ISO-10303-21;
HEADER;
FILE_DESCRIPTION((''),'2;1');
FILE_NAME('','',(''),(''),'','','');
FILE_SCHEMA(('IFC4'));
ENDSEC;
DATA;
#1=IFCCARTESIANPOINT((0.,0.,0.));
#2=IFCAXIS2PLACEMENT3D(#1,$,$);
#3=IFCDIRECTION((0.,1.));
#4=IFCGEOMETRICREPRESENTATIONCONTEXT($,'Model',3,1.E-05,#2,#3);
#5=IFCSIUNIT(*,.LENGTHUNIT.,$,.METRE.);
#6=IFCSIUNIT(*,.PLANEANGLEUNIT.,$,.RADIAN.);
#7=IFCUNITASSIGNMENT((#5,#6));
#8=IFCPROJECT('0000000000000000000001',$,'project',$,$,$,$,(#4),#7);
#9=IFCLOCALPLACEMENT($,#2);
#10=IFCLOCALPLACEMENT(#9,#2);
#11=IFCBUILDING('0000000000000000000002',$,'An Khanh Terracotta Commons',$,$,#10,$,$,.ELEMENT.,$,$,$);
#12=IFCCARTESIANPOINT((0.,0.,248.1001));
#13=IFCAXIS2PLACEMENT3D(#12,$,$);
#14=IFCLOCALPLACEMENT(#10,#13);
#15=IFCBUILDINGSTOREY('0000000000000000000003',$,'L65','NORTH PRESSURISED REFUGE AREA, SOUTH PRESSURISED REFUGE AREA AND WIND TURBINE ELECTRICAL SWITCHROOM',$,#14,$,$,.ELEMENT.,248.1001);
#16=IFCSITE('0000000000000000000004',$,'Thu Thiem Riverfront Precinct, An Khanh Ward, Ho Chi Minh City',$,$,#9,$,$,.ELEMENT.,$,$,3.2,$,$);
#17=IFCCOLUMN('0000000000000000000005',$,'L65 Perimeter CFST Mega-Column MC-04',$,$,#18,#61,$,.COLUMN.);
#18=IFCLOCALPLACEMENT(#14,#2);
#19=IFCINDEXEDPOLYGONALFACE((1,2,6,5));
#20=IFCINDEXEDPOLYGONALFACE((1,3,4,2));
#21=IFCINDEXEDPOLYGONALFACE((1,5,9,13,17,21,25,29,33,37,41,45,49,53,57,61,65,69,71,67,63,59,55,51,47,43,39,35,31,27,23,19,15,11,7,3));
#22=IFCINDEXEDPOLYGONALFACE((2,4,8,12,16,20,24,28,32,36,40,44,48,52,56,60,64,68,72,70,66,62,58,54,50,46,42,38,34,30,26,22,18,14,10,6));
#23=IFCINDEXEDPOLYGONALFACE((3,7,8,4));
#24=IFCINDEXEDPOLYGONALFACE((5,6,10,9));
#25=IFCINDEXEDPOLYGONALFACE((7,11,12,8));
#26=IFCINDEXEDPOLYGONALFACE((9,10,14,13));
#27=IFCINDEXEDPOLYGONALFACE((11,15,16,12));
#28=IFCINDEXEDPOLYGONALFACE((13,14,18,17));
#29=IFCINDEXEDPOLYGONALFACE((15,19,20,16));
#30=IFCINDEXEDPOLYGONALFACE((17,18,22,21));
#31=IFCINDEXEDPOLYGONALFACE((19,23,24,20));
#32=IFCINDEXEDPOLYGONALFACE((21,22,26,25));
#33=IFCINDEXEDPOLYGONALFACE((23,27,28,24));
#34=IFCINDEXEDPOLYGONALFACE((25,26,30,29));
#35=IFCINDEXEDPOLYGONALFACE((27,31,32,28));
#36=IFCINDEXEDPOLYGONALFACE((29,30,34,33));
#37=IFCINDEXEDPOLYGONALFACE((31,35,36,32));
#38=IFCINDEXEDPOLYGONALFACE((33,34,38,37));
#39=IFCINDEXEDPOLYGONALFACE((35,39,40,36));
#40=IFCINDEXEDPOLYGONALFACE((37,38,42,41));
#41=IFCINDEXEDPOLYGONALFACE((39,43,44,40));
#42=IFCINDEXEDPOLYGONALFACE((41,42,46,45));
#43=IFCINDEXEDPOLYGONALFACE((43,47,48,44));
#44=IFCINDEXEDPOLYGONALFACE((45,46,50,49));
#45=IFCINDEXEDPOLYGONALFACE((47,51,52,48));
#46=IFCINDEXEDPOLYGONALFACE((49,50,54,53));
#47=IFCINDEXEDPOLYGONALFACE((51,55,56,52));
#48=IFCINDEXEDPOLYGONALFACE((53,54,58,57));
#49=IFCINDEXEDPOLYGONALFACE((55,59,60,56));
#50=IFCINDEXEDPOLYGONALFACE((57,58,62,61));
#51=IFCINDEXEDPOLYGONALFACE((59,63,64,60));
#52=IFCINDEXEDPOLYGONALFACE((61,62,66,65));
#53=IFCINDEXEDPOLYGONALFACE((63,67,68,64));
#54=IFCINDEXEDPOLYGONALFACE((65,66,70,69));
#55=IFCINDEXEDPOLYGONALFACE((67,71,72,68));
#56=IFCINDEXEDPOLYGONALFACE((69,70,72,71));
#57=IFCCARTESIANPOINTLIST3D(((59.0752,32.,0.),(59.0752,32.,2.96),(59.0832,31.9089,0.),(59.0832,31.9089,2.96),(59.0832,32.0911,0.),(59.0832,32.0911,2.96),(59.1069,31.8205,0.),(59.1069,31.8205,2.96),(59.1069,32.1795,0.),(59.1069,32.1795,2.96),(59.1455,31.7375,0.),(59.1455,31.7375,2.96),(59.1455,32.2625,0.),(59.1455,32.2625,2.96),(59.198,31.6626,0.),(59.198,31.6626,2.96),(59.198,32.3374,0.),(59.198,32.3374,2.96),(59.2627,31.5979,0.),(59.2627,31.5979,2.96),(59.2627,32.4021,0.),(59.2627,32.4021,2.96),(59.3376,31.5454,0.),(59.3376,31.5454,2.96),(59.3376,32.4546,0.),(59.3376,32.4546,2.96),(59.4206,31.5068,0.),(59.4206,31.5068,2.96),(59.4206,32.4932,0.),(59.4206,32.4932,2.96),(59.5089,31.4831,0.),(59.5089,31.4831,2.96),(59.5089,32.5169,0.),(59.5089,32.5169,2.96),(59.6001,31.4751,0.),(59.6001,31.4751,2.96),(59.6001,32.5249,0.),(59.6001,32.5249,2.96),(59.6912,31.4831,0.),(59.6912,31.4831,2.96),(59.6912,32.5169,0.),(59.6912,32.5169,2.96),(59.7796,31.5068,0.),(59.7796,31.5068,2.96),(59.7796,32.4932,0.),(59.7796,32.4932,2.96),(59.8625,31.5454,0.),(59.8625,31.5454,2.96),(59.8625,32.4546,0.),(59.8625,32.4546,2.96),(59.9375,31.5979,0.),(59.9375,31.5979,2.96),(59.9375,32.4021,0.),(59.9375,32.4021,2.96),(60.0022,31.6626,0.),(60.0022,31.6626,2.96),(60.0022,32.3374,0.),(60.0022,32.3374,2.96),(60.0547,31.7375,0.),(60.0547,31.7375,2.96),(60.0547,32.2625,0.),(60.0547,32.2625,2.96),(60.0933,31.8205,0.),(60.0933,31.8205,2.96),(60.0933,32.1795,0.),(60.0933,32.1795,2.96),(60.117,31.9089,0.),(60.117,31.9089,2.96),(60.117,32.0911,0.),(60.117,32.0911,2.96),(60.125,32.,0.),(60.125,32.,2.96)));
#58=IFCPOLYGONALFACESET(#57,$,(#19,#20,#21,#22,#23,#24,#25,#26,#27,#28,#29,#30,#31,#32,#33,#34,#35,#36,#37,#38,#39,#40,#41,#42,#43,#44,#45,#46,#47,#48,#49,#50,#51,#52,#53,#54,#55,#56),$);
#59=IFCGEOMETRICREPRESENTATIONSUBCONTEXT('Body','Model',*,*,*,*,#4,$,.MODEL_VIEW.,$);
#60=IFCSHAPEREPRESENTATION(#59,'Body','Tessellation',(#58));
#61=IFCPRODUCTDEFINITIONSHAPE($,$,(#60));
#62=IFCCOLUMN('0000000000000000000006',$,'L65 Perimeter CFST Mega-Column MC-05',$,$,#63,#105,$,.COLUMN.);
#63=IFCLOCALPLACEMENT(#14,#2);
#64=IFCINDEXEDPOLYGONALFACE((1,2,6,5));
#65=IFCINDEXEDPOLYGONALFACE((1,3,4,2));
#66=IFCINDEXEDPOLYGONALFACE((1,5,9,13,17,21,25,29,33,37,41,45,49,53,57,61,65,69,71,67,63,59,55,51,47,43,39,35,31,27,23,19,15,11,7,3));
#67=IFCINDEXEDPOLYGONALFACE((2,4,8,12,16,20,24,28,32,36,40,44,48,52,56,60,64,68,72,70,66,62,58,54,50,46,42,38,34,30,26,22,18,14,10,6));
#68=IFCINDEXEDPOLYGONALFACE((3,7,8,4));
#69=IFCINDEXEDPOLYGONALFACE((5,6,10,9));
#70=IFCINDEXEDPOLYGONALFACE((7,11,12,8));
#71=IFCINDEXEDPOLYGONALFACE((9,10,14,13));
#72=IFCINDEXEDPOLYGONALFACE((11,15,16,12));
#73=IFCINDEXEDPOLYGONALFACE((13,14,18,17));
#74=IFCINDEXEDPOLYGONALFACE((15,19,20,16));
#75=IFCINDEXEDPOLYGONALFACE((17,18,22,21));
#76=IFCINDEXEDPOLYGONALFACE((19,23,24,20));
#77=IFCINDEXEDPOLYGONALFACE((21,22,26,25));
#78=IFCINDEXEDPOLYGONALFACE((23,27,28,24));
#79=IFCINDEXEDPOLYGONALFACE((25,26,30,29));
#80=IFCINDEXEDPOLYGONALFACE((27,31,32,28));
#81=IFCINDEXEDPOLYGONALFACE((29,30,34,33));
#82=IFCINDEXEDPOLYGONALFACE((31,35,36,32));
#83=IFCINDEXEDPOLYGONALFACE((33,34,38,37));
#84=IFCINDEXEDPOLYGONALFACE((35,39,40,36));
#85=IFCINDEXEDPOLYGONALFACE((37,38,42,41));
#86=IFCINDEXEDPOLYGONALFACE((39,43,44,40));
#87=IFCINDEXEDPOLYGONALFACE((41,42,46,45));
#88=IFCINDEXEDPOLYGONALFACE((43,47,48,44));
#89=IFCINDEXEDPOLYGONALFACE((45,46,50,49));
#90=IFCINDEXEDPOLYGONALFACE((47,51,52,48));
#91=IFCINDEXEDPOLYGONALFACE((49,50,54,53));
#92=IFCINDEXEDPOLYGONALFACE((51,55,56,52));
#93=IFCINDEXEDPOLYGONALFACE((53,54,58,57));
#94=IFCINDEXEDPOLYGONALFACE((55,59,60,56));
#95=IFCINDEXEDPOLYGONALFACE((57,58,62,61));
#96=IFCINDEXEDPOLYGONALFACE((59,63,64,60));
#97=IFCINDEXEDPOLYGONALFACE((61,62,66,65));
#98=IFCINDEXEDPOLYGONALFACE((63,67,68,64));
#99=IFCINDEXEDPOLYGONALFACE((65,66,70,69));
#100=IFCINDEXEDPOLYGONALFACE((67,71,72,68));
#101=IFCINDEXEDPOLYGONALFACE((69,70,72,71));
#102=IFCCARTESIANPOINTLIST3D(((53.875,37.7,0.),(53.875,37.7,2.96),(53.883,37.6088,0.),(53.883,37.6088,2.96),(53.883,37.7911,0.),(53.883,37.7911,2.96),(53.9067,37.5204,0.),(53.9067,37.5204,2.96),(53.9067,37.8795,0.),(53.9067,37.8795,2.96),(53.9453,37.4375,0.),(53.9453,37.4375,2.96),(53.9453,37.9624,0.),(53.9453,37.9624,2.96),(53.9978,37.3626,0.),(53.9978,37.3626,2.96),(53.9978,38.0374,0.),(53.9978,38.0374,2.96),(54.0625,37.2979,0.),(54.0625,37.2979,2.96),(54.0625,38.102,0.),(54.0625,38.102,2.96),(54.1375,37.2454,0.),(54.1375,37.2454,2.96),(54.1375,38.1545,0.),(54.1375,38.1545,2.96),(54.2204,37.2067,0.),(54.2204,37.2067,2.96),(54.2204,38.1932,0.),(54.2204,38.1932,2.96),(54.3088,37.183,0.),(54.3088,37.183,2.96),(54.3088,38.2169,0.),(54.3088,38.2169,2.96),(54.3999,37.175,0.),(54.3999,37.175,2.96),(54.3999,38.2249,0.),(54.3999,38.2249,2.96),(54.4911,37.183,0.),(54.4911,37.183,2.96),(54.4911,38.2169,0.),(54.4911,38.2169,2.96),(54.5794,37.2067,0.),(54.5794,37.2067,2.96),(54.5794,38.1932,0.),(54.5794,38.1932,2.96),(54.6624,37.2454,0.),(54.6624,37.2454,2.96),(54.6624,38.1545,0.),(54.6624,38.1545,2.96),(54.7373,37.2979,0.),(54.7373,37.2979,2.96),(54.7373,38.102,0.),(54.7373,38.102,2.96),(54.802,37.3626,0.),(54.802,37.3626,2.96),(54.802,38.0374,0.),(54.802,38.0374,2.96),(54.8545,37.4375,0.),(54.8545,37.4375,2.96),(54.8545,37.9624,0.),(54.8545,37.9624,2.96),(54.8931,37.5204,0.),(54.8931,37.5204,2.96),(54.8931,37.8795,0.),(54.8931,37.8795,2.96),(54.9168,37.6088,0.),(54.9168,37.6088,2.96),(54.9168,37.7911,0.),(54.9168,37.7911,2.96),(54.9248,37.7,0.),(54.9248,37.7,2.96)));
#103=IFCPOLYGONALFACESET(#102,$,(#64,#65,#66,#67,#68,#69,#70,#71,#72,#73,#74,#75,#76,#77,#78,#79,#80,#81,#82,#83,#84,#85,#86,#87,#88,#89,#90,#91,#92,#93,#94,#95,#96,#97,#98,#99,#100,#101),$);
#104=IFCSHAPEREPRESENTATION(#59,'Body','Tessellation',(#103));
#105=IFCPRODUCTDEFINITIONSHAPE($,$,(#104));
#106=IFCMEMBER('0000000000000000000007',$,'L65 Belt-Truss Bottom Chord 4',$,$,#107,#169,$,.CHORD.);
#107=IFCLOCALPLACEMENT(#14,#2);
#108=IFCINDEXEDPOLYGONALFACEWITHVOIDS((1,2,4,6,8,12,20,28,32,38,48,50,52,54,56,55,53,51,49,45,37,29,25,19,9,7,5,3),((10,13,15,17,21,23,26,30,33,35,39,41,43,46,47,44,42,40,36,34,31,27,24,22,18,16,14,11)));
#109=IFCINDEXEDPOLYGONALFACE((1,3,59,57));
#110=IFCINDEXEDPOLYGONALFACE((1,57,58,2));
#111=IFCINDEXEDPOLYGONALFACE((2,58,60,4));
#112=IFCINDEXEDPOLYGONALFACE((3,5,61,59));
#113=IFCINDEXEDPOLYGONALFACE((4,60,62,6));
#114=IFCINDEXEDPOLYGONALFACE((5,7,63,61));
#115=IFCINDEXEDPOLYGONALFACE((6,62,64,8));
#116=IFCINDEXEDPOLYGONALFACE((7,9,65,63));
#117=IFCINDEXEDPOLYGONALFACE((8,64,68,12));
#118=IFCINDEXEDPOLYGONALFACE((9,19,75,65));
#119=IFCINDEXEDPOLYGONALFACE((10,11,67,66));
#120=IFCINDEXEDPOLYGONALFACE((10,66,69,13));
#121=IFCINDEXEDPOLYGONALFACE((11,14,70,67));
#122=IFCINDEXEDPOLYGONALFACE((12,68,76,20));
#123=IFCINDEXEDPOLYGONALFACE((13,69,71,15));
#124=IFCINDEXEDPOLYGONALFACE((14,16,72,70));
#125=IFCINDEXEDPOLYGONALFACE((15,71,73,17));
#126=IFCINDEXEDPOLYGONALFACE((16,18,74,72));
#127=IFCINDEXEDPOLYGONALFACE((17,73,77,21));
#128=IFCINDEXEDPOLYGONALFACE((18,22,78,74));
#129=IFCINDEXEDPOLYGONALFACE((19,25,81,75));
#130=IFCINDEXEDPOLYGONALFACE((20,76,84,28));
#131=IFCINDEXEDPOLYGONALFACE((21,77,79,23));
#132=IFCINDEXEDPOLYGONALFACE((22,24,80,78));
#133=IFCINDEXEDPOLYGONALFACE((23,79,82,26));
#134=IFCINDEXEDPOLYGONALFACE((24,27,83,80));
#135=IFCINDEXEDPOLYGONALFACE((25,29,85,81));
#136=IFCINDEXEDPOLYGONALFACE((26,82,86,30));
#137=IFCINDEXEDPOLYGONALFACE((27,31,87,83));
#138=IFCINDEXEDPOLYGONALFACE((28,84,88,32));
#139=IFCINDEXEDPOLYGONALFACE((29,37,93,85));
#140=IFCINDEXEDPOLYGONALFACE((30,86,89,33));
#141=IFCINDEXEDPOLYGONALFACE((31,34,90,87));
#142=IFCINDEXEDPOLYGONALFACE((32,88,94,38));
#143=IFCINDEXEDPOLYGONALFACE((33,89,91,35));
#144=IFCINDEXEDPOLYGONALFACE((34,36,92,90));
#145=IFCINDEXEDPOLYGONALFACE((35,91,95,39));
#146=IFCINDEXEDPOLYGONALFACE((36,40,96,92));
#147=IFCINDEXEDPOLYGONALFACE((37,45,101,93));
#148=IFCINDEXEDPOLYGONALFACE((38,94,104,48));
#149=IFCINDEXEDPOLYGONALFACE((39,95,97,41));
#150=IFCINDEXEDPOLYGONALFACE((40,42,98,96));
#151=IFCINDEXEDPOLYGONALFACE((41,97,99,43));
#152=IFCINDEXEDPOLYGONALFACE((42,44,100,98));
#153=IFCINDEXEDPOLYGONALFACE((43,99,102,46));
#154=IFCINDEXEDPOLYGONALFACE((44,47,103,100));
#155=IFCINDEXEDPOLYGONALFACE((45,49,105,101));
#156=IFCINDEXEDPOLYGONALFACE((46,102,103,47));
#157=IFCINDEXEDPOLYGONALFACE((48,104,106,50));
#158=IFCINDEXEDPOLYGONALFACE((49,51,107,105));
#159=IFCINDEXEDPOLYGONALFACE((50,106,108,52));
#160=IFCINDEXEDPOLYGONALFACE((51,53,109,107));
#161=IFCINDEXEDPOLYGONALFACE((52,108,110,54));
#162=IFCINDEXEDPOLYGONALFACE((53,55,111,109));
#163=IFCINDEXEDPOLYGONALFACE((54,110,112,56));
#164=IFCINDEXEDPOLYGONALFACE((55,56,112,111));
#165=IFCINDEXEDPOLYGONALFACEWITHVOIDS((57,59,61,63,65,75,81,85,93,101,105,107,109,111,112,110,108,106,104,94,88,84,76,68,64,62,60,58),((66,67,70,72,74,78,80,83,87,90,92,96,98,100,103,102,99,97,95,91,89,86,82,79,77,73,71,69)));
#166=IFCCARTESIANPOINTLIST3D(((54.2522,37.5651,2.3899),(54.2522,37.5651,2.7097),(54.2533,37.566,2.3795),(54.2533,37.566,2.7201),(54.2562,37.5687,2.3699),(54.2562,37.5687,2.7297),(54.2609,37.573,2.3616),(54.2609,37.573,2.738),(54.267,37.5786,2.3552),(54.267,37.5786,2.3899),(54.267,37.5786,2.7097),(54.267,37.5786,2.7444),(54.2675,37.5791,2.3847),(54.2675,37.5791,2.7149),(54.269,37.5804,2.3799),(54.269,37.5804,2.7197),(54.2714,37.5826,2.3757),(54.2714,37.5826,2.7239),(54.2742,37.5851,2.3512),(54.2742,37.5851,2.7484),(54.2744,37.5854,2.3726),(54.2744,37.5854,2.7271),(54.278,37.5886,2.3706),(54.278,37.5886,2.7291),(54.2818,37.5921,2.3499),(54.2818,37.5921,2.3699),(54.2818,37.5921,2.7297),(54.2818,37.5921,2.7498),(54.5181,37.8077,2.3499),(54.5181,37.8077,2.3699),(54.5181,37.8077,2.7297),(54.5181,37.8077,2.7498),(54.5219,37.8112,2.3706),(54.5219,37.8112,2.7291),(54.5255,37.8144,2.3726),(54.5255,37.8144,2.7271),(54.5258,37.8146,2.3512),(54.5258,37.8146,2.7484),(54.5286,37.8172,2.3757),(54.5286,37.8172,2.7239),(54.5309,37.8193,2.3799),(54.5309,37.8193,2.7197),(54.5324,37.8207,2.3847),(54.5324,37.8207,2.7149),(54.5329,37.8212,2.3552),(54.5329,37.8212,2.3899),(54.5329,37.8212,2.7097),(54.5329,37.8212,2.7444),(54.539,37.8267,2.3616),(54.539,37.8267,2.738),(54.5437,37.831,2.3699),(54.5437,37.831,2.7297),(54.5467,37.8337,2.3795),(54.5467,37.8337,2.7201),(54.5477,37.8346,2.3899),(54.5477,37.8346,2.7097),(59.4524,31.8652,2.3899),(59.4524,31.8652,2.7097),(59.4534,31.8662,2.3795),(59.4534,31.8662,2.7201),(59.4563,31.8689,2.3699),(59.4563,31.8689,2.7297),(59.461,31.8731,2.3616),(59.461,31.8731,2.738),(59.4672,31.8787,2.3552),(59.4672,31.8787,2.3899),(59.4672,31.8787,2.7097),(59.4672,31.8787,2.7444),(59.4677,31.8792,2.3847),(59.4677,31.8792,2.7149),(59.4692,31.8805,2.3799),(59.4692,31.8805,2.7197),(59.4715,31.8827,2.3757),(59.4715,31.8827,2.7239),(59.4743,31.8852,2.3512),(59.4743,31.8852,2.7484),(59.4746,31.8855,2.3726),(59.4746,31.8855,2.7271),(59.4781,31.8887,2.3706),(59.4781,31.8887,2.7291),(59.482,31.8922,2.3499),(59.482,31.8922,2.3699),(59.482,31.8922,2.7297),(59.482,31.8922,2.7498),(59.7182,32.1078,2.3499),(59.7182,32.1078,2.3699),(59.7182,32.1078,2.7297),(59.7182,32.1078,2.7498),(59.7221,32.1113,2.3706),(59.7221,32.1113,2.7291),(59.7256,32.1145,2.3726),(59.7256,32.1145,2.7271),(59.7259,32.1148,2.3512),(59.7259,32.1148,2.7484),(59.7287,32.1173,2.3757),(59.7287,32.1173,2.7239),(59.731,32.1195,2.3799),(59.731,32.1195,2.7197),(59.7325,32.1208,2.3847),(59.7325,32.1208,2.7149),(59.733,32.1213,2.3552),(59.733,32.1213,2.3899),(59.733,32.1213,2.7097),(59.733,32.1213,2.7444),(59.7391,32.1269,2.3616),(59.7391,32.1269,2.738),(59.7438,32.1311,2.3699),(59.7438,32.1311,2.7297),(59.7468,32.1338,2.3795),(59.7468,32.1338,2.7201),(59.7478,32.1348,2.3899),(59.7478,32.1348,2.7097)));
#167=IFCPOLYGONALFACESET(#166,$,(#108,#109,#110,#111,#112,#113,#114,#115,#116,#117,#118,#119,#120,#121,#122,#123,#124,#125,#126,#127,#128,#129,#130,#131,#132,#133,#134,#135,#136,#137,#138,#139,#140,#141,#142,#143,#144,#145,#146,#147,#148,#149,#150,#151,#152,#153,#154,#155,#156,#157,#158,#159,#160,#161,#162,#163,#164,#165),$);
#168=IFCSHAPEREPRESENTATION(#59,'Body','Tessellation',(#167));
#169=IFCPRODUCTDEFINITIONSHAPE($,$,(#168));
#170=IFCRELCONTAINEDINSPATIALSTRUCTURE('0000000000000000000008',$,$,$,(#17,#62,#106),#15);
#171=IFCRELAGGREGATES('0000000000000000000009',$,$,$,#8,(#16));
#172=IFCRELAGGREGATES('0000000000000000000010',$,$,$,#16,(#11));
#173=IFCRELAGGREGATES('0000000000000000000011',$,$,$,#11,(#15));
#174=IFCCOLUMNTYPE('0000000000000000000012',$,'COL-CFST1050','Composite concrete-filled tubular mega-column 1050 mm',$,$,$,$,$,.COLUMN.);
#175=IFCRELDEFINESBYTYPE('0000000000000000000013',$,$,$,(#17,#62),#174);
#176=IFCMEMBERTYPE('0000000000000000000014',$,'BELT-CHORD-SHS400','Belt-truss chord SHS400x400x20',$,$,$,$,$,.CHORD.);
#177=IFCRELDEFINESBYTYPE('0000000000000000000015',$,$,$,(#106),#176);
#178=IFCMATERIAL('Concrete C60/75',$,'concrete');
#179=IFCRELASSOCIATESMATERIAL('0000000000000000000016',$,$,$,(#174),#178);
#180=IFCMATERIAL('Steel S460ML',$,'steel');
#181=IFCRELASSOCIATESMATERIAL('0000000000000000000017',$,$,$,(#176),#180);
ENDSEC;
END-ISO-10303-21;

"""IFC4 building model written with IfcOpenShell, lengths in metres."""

from ifc_helpers import new_model, si_unit, direction, frame, origin, origin_2d, place, context, subcontext, project, spatial, hollow_rectangle, circle, extrude, material, material_profile, profile_set, type_object, element, save


model = new_model("IFC4")

# Units and contexts
model_context = context("Model", 3, precision=1e-05, world=origin(), true_north=direction((0.0, 1.0)))
body_context = subcontext(model_context, "Body", "Model", "MODEL_VIEW")
ifc_project = project(units=[si_unit("LENGTHUNIT", "METRE"), si_unit("PLANEANGLEUNIT", "RADIAN")], contexts=[model_context])

# Site, building, storey
site_placement = place(None, origin())
site = spatial("IfcSite", under=ifc_project, at=site_placement, Name="Thu Thiem Riverfront Precinct, An Khanh Ward, Ho Chi Minh City", CompositionType="ELEMENT", RefElevation=3.2)
building_placement = place(site_placement, origin())
building = spatial("IfcBuilding", under=site, at=building_placement, Name="An Khanh Terracotta Commons", CompositionType="ELEMENT")
storey_placement = place(building_placement, frame((0.0, 0.0, 248.1001)))
storey = spatial("IfcBuildingStorey", under=building, at=storey_placement, Name="L65", Description="NORTH PRESSURISED REFUGE AREA, SOUTH PRESSURISED REFUGE AREA AND WIND TURBINE ELECTRICAL SWITCHROOM", CompositionType="ELEMENT", Elevation=248.1001)

# Columns
ifc_material_1 = material(Name="Concrete C60/75", Category="concrete")
ifc_material_profile_1 = material_profile(ifc_material_1, circle(Radius=0.5249, at=origin_2d()), Name="CFST1050")
ifc_profile_set_1 = profile_set([ifc_material_profile_1], Name="Concrete C60/75")
column_type = type_object("IfcColumnType", Name="COL-CFST1050", Description="Composite concrete-filled tubular mega-column 1050 mm", PredefinedType="COLUMN", material=ifc_profile_set_1)
for number, where, z_axis, x_axis, name in (
    (1, (59.6001, 32.0, 0.0), (0.0, 0.0, 1.0), (1.0, 0.0, 0.0), "L65 Perimeter CFST Mega-Column MC-04"),
    (2, (54.3999, 37.7, 0.0), (0.0, 0.0, 1.0), (1.0, 0.0, 0.0), "L65 Perimeter CFST Mega-Column MC-05"),
):
    element("IfcColumn", number, at=place(storey_placement, frame(where, z_axis=z_axis, x_axis=x_axis)), inside=storey, type_object=column_type, Name=name, PredefinedType="COLUMN", context=body_context, shape_type="SweptSolid", body=[
        extrude(circle(Radius=0.5249, at=origin_2d()), origin(), (0.0, 0.0, 1.0), 2.96),
    ])

# Member
ifc_material_2 = material(Name="Steel S460ML", Category="steel")
ifc_material_profile_2 = material_profile(ifc_material_2, hollow_rectangle(XDim=0.3999, YDim=0.3999, WallThickness=0.02, InnerFilletRadius=0.02, OuterFilletRadius=0.04, at=origin_2d()), Name="SHS400x400x20")
ifc_profile_set_2 = profile_set([ifc_material_profile_2], Name="Steel S460ML")
member_type_1 = type_object("IfcMemberType", Name="BELT-CHORD-SHS400", Description="Belt-truss chord SHS400x400x20", PredefinedType="CHORD", material=ifc_profile_set_2)
for number, where, z_axis, x_axis, name in (
    (3, (59.6001, 32.0, 2.5498), (-0.673979, 0.738751, 0.0), (-0.738751, -0.673979, 0.0), "L65 Belt-Truss Bottom Chord 4"),
):
    element("IfcMember", number, at=place(storey_placement, frame(where, z_axis=z_axis, x_axis=x_axis)), inside=storey, type_object=member_type_1, Name=name, PredefinedType="CHORD", context=body_context, shape_type="SweptSolid", body=[
        extrude(hollow_rectangle(XDim=0.3999, YDim=0.3999, WallThickness=0.02, InnerFilletRadius=0.02, OuterFilletRadius=0.04, at=origin_2d()), origin(), (0.0, 0.0, 1.0), 7.7156),
    ])

save(model, "model.ifc")
